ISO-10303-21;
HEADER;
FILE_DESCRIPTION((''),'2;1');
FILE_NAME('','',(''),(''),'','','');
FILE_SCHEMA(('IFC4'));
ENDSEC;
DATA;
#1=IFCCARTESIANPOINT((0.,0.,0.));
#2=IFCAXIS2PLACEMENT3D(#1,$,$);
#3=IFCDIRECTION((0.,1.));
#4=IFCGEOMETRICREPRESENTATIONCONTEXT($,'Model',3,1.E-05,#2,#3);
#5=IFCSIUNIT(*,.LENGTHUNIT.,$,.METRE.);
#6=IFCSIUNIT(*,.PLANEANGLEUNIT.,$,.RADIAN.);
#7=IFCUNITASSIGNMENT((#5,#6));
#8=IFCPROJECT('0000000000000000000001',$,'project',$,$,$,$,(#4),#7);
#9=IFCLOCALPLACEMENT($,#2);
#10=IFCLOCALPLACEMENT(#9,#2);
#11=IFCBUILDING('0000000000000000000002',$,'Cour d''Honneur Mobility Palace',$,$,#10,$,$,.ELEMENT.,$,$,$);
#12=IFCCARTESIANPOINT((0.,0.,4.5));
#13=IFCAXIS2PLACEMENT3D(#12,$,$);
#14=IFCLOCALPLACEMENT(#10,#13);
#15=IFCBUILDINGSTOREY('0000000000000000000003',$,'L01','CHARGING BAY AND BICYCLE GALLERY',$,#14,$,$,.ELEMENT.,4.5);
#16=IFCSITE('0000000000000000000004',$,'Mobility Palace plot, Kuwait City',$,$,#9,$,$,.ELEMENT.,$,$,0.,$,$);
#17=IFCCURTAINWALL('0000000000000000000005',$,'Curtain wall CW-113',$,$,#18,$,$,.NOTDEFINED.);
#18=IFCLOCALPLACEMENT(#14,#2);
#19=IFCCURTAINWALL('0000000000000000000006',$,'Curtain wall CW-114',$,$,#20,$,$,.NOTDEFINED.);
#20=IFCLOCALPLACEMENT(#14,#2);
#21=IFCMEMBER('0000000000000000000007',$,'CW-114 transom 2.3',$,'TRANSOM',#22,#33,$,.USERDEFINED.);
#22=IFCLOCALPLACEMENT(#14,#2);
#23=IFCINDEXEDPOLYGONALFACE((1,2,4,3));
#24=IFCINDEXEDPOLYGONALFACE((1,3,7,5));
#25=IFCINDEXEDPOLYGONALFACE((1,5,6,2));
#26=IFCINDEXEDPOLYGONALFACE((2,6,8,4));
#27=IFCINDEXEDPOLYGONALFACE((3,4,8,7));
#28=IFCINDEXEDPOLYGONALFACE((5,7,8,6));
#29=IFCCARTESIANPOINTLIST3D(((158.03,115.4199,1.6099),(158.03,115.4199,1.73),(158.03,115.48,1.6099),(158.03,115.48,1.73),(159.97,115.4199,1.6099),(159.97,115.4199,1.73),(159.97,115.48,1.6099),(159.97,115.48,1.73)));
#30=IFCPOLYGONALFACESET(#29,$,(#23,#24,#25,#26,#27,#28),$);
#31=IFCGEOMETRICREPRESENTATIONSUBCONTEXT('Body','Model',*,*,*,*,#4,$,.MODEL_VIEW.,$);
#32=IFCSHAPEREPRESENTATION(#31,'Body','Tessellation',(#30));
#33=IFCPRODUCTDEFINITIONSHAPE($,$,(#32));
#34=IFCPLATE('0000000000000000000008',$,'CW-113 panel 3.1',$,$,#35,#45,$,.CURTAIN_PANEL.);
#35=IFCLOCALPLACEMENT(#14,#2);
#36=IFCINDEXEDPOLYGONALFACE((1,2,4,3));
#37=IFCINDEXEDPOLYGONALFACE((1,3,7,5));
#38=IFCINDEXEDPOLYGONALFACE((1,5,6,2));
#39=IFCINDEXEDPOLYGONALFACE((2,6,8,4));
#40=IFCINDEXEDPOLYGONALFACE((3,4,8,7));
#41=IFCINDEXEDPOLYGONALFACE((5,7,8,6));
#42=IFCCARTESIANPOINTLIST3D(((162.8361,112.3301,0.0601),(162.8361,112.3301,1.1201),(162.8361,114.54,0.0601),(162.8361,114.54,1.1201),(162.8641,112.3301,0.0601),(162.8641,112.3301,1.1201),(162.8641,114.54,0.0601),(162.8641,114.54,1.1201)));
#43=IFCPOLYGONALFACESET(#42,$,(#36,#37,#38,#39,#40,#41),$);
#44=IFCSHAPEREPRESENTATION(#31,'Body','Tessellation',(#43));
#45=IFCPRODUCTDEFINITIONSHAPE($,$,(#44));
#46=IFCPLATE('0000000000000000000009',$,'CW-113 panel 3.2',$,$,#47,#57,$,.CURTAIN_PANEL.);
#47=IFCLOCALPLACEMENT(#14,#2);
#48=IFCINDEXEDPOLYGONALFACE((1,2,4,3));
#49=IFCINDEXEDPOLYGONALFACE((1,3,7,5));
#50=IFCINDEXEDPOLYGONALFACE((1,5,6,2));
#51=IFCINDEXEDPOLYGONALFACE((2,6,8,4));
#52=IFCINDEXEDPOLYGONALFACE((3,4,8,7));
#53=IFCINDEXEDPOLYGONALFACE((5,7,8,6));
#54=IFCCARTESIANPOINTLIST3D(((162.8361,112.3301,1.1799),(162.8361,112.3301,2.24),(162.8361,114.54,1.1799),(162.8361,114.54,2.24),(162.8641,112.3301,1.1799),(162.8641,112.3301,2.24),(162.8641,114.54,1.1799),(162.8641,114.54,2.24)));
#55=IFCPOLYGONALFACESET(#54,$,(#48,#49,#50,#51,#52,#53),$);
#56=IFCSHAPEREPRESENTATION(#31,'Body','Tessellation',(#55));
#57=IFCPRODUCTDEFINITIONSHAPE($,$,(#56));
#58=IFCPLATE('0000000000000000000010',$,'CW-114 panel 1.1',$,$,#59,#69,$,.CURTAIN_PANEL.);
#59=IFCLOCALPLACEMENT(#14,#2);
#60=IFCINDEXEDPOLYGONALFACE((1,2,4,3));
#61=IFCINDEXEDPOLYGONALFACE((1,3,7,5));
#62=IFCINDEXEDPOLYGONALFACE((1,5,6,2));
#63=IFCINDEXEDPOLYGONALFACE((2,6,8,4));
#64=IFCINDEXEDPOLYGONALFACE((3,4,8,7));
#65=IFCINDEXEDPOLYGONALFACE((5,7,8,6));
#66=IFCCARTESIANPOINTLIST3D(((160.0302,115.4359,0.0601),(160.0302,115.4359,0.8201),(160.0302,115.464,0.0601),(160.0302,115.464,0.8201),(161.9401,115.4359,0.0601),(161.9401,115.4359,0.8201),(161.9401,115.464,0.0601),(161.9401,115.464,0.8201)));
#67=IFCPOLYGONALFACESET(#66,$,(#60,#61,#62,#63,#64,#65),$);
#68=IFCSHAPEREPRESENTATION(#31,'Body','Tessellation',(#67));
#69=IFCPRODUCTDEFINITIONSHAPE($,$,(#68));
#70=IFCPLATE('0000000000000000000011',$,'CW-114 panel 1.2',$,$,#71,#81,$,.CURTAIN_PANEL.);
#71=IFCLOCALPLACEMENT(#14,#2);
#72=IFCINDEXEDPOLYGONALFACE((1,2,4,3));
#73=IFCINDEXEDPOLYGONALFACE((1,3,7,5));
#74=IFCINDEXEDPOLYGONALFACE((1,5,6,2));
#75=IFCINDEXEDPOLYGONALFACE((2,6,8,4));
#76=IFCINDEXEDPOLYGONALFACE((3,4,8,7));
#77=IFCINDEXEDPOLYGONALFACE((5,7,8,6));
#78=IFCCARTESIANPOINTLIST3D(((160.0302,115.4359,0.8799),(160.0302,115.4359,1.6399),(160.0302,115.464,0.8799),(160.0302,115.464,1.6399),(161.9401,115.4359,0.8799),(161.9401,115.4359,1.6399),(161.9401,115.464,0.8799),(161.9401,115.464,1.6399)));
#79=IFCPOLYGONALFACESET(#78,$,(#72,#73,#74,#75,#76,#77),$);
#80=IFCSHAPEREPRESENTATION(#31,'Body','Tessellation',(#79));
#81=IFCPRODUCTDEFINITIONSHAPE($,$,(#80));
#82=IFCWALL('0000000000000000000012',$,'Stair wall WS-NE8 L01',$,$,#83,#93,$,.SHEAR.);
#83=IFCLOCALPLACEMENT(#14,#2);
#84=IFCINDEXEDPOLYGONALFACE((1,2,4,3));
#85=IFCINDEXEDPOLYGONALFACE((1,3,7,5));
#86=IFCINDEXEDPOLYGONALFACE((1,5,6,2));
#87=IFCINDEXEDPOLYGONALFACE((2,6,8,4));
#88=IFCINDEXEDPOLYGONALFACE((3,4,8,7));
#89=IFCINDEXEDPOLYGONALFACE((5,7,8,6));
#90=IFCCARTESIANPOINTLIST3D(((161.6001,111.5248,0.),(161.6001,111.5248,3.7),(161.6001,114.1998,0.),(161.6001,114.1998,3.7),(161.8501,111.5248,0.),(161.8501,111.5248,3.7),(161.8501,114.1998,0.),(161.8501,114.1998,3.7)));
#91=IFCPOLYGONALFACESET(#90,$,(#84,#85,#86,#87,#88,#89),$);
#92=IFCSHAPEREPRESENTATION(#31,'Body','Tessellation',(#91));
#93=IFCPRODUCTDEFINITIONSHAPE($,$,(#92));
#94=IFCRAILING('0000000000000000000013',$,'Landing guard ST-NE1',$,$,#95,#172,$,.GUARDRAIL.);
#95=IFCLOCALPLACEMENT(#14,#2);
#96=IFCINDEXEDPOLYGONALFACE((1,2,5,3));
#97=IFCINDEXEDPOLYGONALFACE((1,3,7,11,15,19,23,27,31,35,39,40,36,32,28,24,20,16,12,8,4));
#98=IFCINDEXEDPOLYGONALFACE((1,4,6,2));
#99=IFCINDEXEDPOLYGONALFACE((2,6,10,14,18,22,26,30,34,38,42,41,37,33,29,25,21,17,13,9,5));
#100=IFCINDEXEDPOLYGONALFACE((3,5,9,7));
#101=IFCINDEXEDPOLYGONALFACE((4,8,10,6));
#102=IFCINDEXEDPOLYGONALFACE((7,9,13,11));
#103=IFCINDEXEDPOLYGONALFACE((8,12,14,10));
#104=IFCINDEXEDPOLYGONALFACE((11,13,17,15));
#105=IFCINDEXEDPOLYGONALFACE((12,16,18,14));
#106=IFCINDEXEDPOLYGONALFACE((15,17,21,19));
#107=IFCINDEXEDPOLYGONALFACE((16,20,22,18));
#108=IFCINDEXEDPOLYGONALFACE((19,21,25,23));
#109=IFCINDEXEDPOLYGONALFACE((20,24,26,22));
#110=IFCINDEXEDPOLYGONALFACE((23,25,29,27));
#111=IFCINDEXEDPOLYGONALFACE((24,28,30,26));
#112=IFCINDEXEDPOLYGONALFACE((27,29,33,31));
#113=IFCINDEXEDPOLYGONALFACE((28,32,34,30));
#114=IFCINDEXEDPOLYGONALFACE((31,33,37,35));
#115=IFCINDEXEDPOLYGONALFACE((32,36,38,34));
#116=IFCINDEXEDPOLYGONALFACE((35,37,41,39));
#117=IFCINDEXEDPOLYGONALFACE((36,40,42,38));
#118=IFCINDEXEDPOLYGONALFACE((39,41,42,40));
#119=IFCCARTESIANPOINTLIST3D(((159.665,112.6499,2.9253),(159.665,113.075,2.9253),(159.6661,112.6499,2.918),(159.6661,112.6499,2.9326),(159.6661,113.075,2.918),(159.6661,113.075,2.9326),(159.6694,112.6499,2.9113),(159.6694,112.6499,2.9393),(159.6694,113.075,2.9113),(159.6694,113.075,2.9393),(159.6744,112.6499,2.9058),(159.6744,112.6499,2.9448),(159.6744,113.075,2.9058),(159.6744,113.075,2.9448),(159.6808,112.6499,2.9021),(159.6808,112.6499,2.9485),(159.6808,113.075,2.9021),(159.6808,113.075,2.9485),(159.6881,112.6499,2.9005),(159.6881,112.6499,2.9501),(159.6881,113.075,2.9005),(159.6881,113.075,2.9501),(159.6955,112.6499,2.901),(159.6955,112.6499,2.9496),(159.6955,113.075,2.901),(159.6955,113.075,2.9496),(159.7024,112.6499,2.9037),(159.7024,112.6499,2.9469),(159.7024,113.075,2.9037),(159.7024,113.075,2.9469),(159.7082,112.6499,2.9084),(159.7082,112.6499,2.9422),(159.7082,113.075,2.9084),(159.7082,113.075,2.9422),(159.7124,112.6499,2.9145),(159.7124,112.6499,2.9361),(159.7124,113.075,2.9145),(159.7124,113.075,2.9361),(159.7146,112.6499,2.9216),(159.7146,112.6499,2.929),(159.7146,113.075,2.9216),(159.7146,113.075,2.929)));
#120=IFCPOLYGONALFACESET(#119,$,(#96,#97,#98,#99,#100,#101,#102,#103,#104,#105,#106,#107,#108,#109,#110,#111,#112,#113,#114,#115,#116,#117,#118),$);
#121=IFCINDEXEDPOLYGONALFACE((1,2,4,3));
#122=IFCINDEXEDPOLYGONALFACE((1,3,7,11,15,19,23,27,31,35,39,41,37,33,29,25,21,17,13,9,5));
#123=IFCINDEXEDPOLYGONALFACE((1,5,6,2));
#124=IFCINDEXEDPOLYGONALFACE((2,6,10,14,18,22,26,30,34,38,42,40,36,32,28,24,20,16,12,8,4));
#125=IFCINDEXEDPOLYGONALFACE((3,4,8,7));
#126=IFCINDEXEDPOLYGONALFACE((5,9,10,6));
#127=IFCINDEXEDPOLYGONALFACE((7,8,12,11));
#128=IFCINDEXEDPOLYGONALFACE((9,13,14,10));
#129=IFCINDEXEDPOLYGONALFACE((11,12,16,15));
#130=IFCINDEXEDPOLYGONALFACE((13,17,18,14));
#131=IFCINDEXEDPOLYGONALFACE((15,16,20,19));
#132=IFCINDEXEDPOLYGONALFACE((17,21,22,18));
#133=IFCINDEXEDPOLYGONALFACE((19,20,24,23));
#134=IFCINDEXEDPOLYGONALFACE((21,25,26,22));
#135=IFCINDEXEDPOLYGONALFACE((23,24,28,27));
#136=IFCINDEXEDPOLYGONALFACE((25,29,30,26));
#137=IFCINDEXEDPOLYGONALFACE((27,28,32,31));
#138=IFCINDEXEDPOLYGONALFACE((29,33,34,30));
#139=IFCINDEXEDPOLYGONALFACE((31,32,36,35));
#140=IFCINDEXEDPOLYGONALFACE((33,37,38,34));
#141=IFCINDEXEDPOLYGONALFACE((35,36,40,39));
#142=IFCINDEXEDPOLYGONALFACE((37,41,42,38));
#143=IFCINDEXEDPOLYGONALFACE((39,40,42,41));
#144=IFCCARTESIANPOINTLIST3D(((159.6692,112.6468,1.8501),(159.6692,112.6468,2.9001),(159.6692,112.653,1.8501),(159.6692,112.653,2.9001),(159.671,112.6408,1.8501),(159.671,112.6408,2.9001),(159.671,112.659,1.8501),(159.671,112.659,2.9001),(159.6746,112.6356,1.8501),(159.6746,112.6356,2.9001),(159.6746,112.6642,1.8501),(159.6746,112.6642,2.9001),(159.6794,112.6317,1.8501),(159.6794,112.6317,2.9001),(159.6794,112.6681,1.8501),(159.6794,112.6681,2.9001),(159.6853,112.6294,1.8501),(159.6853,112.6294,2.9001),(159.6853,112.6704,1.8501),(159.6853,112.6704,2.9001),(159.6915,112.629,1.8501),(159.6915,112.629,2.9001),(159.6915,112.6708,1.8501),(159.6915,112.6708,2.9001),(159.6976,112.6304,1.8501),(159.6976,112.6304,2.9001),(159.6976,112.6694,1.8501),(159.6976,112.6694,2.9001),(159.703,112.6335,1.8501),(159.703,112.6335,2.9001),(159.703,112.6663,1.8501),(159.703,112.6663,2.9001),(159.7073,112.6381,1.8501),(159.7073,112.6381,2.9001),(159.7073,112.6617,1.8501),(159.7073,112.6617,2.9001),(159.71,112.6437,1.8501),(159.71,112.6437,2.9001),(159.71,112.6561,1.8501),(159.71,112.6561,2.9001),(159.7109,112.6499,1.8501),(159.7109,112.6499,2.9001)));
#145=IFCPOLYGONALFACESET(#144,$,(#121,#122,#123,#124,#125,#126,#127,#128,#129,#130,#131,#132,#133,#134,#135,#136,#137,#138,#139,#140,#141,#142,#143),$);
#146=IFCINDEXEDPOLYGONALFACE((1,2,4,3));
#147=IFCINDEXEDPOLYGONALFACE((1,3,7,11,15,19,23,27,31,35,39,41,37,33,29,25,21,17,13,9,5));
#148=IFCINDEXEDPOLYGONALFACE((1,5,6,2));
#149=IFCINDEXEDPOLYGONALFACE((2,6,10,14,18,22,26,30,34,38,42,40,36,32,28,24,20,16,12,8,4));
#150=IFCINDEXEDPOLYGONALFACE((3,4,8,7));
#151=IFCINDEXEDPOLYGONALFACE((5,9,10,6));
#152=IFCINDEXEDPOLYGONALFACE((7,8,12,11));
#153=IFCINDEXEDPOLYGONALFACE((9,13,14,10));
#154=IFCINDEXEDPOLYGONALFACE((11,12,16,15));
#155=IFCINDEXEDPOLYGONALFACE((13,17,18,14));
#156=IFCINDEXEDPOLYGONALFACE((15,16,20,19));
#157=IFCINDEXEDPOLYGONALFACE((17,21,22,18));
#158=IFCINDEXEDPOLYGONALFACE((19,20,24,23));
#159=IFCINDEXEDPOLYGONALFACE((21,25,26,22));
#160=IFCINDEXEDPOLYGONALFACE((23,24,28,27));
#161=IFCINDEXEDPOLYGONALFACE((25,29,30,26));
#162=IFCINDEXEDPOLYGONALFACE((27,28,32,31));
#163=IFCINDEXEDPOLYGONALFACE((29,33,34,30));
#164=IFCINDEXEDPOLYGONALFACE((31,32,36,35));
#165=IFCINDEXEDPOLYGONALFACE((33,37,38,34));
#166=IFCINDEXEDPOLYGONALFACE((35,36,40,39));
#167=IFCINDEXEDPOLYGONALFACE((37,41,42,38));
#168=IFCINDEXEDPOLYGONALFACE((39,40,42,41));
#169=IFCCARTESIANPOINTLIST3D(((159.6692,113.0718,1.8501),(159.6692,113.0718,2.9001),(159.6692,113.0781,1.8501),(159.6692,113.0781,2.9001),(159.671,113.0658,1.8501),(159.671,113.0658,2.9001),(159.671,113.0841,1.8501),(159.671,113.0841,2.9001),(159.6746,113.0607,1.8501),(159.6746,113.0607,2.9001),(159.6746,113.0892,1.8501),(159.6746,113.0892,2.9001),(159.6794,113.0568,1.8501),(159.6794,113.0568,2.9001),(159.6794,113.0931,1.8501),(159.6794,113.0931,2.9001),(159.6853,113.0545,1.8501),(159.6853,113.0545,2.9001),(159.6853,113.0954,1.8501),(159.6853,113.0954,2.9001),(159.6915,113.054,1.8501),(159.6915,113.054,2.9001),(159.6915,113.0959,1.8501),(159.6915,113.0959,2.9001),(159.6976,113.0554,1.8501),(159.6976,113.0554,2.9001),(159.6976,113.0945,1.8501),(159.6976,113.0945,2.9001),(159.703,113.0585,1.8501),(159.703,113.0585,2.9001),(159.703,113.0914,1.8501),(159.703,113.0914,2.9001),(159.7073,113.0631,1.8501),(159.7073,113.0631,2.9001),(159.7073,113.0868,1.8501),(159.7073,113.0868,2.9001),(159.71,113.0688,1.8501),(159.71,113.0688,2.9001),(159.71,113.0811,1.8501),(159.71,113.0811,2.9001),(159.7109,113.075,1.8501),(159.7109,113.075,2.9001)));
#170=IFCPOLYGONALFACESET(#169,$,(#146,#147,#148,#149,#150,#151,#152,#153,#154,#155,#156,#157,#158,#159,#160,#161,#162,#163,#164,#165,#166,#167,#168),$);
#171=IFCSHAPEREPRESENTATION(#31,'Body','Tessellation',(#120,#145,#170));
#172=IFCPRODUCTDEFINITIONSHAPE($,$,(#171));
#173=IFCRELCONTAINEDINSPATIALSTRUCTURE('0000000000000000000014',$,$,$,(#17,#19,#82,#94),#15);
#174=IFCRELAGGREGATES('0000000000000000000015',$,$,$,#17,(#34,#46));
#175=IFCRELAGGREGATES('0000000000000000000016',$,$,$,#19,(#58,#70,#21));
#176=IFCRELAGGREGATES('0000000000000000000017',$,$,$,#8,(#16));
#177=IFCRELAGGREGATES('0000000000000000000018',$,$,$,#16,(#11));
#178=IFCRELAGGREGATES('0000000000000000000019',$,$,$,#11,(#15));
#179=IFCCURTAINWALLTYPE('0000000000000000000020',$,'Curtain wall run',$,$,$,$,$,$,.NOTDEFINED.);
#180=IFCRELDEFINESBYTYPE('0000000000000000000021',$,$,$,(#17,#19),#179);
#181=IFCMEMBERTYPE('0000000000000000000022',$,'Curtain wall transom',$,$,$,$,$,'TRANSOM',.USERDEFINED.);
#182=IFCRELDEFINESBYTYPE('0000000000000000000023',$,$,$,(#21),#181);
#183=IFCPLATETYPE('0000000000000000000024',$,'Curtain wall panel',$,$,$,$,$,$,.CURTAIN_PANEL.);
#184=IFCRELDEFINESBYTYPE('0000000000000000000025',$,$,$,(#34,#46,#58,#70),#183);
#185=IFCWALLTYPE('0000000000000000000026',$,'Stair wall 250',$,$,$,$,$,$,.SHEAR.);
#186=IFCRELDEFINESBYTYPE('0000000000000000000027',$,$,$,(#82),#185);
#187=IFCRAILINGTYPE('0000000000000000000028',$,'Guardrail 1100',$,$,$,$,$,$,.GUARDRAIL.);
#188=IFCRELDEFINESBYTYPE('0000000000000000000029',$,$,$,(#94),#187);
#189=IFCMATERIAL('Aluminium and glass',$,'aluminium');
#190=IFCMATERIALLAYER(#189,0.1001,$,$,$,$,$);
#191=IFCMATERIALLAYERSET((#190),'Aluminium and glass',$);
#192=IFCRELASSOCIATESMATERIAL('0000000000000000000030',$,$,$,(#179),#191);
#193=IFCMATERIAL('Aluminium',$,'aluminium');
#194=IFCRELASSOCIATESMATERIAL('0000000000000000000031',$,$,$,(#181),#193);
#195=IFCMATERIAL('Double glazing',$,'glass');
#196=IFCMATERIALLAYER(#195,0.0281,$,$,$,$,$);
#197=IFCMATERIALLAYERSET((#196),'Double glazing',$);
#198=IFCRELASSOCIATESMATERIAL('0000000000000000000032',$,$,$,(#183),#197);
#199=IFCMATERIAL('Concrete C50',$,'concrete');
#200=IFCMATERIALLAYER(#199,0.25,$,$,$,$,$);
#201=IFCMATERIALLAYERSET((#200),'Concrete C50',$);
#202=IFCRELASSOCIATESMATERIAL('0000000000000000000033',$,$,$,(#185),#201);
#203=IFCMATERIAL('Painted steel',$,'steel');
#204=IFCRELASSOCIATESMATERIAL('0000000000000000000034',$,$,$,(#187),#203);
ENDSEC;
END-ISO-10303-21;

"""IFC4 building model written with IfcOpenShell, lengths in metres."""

from ifc_helpers import new_model, si_unit, direction, frame, frame_2d, origin, origin_2d, place, context, subcontext, project, spatial, rectangle, circle, extrude, material, layer, layer_set, material_profile, profile_set, type_object, element, aggregate, save


model = new_model("IFC4")

# Units and contexts
model_context = context("Model", 3, precision=1e-05, world=origin(), true_north=direction((0.0, 1.0)))
body_context = subcontext(model_context, "Body", "Model", "MODEL_VIEW")
ifc_project = project(units=[si_unit("LENGTHUNIT", "METRE"), si_unit("PLANEANGLEUNIT", "RADIAN")], contexts=[model_context])

# Site, building, storey
site_placement = place(None, origin())
site = spatial("IfcSite", under=ifc_project, at=site_placement, Name="Mobility Palace plot, Kuwait City", CompositionType="ELEMENT", RefElevation=0.0)
building_placement = place(site_placement, origin())
building = spatial("IfcBuilding", under=site, at=building_placement, Name="Cour d'Honneur Mobility Palace", CompositionType="ELEMENT")
storey_placement = place(building_placement, frame((0.0, 0.0, 4.5)))
storey = spatial("IfcBuildingStorey", under=building, at=storey_placement, Name="L01", Description="CHARGING BAY AND BICYCLE GALLERY", CompositionType="ELEMENT", Elevation=4.5)

# Curtain walls
ifc_material_1 = material(Name="Aluminium and glass", Category="aluminium")
ifc_layer_1 = layer(ifc_material_1, 0.1001)
ifc_layer_set_1 = layer_set([ifc_layer_1], Name="Aluminium and glass")
curtain_wall_type = type_object("IfcCurtainWallType", Name="Curtain wall run", PredefinedType="NOTDEFINED", material=ifc_layer_set_1)
curtain_wall_1_placement = place(storey_placement, origin())
curtain_wall_1 = element("IfcCurtainWall", 1, at=curtain_wall_1_placement, inside=storey, type_object=curtain_wall_type, Name="Curtain wall CW-113", PredefinedType="NOTDEFINED")
curtain_wall_2_placement = place(storey_placement, origin())
curtain_wall_2 = element("IfcCurtainWall", 2, at=curtain_wall_2_placement, inside=storey, type_object=curtain_wall_type, Name="Curtain wall CW-114", PredefinedType="NOTDEFINED")

# Member
ifc_material_2 = material(Name="Aluminium", Category="aluminium")
ifc_material_profile_1 = material_profile(ifc_material_2, rectangle(XDim=0.0601, YDim=0.1201, at=origin_2d()), Name="Curtain wall transom")
ifc_profile_set_1 = profile_set([ifc_material_profile_1], Name="Aluminium")
member_type_1 = type_object("IfcMemberType", Name="Curtain wall transom", ElementType="TRANSOM", PredefinedType="USERDEFINED", material=ifc_profile_set_1)
member_1_placement = place(storey_placement, frame((159.97, 115.45, 1.6699), z_axis=(-1.0, 0.0, 0.0), x_axis=(0.0, -1.0, 0.0)))
member_1 = element("IfcMember", 3, at=member_1_placement, type_object=member_type_1, Name="CW-114 transom 2.3", ObjectType="TRANSOM", PredefinedType="USERDEFINED", context=body_context, shape_type="SweptSolid", body=[
    extrude(rectangle(XDim=0.0601, YDim=0.1201, at=origin_2d()), origin(), (0.0, 0.0, 1.0), 1.9399),
])

# Plates
ifc_material_3 = material(Name="Double glazing", Category="glass")
ifc_layer_2 = layer(ifc_material_3, 0.0281)
ifc_layer_set_2 = layer_set([ifc_layer_2], Name="Double glazing")
plate_type = type_object("IfcPlateType", Name="Curtain wall panel", PredefinedType="CURTAIN_PANEL", material=ifc_layer_set_2)
plate_1_placement = place(storey_placement, frame((162.8501, 113.4351, 0.0601), z_axis=(0.0, 0.0, 1.0), x_axis=(0.0, 1.0, 0.0)))
plate_1 = element("IfcPlate", 4, at=plate_1_placement, type_object=plate_type, Name="CW-113 panel 3.1", PredefinedType="CURTAIN_PANEL", context=body_context, shape_type="SweptSolid", body=[
    extrude(rectangle(XDim=2.21, YDim=0.0281, at=origin_2d()), origin(), (0.0, 0.0, 1.0), 1.0601),
])
plate_2_placement = place(storey_placement, frame((162.8501, 113.4351, 1.1799), z_axis=(0.0, 0.0, 1.0), x_axis=(0.0, 1.0, 0.0)))
plate_2 = element("IfcPlate", 5, at=plate_2_placement, type_object=plate_type, Name="CW-113 panel 3.2", PredefinedType="CURTAIN_PANEL", context=body_context, shape_type="SweptSolid", body=[
    extrude(rectangle(XDim=2.21, YDim=0.0281, at=origin_2d()), origin(), (0.0, 0.0, 1.0), 1.0601),
])
aggregate(curtain_wall_1, [plate_1, plate_2])
plate_3_placement = place(storey_placement, frame((160.9851, 115.45, 0.0601), z_axis=(0.0, 0.0, 1.0), x_axis=(-1.0, 0.0, 0.0)))
plate_3 = element("IfcPlate", 6, at=plate_3_placement, type_object=plate_type, Name="CW-114 panel 1.1", PredefinedType="CURTAIN_PANEL", context=body_context, shape_type="SweptSolid", body=[
    extrude(rectangle(XDim=1.9099, YDim=0.0281, at=origin_2d()), origin(), (0.0, 0.0, 1.0), 0.76),
])
plate_4_placement = place(storey_placement, frame((160.9851, 115.45, 0.8799), z_axis=(0.0, 0.0, 1.0), x_axis=(-1.0, 0.0, 0.0)))
plate_4 = element("IfcPlate", 7, at=plate_4_placement, type_object=plate_type, Name="CW-114 panel 1.2", PredefinedType="CURTAIN_PANEL", context=body_context, shape_type="SweptSolid", body=[
    extrude(rectangle(XDim=1.9099, YDim=0.0281, at=origin_2d()), origin(), (0.0, 0.0, 1.0), 0.76),
])
aggregate(curtain_wall_2, [plate_3, plate_4, member_1])

# Wall
ifc_material_4 = material(Name="Concrete C50", Category="concrete")
ifc_layer_3 = layer(ifc_material_4, 0.25)
ifc_layer_set_3 = layer_set([ifc_layer_3], Name="Concrete C50")
wall_type = type_object("IfcWallType", Name="Stair wall 250", PredefinedType="SHEAR", material=ifc_layer_set_3)
wall_placement = place(storey_placement, frame((161.7251, 111.5249, 0.0), z_axis=(0.0, 0.0, 1.0), x_axis=(0.0, 1.0, 0.0)))
element("IfcWall", 8, at=wall_placement, inside=storey, type_object=wall_type, Name="Stair wall WS-NE8 L01", PredefinedType="SHEAR", context=body_context, shape_type="SweptSolid", body=[
    extrude(rectangle(XDim=2.675, YDim=0.25, at=frame_2d((1.3374, 0.0))), origin(), (0.0, 0.0, 1.0), 3.7),
])

# Railing
ifc_material_5 = material(Name="Painted steel", Category="steel")
railing_type_1 = type_object("IfcRailingType", Name="Guardrail 1100", PredefinedType="GUARDRAIL", material=ifc_material_5)
railing_1_placement = place(storey_placement, frame((159.6899, 112.6499, 1.8501)))
element("IfcRailing", 9, at=railing_1_placement, inside=storey, type_object=railing_type_1, Name="Landing guard ST-NE1", PredefinedType="GUARDRAIL", context=body_context, shape_type="SweptSolid", body=[
    extrude(circle(Radius=0.0249, at=origin_2d()), frame((0.0, 0.0, 1.0752), z_axis=(0.0, 1.0, 0.0), x_axis=(-1.0, 0.0, 0.0)), (0.0, 0.0, 1.0), 0.425),
    extrude(circle(Radius=0.021, at=origin_2d()), origin(), (0.0, 0.0, 1.0), 1.05),
    extrude(circle(Radius=0.021, at=origin_2d()), frame((0.0, 0.425, 0.0)), (0.0, 0.0, 1.0), 1.05),
])

save(model, "model.ifc")
